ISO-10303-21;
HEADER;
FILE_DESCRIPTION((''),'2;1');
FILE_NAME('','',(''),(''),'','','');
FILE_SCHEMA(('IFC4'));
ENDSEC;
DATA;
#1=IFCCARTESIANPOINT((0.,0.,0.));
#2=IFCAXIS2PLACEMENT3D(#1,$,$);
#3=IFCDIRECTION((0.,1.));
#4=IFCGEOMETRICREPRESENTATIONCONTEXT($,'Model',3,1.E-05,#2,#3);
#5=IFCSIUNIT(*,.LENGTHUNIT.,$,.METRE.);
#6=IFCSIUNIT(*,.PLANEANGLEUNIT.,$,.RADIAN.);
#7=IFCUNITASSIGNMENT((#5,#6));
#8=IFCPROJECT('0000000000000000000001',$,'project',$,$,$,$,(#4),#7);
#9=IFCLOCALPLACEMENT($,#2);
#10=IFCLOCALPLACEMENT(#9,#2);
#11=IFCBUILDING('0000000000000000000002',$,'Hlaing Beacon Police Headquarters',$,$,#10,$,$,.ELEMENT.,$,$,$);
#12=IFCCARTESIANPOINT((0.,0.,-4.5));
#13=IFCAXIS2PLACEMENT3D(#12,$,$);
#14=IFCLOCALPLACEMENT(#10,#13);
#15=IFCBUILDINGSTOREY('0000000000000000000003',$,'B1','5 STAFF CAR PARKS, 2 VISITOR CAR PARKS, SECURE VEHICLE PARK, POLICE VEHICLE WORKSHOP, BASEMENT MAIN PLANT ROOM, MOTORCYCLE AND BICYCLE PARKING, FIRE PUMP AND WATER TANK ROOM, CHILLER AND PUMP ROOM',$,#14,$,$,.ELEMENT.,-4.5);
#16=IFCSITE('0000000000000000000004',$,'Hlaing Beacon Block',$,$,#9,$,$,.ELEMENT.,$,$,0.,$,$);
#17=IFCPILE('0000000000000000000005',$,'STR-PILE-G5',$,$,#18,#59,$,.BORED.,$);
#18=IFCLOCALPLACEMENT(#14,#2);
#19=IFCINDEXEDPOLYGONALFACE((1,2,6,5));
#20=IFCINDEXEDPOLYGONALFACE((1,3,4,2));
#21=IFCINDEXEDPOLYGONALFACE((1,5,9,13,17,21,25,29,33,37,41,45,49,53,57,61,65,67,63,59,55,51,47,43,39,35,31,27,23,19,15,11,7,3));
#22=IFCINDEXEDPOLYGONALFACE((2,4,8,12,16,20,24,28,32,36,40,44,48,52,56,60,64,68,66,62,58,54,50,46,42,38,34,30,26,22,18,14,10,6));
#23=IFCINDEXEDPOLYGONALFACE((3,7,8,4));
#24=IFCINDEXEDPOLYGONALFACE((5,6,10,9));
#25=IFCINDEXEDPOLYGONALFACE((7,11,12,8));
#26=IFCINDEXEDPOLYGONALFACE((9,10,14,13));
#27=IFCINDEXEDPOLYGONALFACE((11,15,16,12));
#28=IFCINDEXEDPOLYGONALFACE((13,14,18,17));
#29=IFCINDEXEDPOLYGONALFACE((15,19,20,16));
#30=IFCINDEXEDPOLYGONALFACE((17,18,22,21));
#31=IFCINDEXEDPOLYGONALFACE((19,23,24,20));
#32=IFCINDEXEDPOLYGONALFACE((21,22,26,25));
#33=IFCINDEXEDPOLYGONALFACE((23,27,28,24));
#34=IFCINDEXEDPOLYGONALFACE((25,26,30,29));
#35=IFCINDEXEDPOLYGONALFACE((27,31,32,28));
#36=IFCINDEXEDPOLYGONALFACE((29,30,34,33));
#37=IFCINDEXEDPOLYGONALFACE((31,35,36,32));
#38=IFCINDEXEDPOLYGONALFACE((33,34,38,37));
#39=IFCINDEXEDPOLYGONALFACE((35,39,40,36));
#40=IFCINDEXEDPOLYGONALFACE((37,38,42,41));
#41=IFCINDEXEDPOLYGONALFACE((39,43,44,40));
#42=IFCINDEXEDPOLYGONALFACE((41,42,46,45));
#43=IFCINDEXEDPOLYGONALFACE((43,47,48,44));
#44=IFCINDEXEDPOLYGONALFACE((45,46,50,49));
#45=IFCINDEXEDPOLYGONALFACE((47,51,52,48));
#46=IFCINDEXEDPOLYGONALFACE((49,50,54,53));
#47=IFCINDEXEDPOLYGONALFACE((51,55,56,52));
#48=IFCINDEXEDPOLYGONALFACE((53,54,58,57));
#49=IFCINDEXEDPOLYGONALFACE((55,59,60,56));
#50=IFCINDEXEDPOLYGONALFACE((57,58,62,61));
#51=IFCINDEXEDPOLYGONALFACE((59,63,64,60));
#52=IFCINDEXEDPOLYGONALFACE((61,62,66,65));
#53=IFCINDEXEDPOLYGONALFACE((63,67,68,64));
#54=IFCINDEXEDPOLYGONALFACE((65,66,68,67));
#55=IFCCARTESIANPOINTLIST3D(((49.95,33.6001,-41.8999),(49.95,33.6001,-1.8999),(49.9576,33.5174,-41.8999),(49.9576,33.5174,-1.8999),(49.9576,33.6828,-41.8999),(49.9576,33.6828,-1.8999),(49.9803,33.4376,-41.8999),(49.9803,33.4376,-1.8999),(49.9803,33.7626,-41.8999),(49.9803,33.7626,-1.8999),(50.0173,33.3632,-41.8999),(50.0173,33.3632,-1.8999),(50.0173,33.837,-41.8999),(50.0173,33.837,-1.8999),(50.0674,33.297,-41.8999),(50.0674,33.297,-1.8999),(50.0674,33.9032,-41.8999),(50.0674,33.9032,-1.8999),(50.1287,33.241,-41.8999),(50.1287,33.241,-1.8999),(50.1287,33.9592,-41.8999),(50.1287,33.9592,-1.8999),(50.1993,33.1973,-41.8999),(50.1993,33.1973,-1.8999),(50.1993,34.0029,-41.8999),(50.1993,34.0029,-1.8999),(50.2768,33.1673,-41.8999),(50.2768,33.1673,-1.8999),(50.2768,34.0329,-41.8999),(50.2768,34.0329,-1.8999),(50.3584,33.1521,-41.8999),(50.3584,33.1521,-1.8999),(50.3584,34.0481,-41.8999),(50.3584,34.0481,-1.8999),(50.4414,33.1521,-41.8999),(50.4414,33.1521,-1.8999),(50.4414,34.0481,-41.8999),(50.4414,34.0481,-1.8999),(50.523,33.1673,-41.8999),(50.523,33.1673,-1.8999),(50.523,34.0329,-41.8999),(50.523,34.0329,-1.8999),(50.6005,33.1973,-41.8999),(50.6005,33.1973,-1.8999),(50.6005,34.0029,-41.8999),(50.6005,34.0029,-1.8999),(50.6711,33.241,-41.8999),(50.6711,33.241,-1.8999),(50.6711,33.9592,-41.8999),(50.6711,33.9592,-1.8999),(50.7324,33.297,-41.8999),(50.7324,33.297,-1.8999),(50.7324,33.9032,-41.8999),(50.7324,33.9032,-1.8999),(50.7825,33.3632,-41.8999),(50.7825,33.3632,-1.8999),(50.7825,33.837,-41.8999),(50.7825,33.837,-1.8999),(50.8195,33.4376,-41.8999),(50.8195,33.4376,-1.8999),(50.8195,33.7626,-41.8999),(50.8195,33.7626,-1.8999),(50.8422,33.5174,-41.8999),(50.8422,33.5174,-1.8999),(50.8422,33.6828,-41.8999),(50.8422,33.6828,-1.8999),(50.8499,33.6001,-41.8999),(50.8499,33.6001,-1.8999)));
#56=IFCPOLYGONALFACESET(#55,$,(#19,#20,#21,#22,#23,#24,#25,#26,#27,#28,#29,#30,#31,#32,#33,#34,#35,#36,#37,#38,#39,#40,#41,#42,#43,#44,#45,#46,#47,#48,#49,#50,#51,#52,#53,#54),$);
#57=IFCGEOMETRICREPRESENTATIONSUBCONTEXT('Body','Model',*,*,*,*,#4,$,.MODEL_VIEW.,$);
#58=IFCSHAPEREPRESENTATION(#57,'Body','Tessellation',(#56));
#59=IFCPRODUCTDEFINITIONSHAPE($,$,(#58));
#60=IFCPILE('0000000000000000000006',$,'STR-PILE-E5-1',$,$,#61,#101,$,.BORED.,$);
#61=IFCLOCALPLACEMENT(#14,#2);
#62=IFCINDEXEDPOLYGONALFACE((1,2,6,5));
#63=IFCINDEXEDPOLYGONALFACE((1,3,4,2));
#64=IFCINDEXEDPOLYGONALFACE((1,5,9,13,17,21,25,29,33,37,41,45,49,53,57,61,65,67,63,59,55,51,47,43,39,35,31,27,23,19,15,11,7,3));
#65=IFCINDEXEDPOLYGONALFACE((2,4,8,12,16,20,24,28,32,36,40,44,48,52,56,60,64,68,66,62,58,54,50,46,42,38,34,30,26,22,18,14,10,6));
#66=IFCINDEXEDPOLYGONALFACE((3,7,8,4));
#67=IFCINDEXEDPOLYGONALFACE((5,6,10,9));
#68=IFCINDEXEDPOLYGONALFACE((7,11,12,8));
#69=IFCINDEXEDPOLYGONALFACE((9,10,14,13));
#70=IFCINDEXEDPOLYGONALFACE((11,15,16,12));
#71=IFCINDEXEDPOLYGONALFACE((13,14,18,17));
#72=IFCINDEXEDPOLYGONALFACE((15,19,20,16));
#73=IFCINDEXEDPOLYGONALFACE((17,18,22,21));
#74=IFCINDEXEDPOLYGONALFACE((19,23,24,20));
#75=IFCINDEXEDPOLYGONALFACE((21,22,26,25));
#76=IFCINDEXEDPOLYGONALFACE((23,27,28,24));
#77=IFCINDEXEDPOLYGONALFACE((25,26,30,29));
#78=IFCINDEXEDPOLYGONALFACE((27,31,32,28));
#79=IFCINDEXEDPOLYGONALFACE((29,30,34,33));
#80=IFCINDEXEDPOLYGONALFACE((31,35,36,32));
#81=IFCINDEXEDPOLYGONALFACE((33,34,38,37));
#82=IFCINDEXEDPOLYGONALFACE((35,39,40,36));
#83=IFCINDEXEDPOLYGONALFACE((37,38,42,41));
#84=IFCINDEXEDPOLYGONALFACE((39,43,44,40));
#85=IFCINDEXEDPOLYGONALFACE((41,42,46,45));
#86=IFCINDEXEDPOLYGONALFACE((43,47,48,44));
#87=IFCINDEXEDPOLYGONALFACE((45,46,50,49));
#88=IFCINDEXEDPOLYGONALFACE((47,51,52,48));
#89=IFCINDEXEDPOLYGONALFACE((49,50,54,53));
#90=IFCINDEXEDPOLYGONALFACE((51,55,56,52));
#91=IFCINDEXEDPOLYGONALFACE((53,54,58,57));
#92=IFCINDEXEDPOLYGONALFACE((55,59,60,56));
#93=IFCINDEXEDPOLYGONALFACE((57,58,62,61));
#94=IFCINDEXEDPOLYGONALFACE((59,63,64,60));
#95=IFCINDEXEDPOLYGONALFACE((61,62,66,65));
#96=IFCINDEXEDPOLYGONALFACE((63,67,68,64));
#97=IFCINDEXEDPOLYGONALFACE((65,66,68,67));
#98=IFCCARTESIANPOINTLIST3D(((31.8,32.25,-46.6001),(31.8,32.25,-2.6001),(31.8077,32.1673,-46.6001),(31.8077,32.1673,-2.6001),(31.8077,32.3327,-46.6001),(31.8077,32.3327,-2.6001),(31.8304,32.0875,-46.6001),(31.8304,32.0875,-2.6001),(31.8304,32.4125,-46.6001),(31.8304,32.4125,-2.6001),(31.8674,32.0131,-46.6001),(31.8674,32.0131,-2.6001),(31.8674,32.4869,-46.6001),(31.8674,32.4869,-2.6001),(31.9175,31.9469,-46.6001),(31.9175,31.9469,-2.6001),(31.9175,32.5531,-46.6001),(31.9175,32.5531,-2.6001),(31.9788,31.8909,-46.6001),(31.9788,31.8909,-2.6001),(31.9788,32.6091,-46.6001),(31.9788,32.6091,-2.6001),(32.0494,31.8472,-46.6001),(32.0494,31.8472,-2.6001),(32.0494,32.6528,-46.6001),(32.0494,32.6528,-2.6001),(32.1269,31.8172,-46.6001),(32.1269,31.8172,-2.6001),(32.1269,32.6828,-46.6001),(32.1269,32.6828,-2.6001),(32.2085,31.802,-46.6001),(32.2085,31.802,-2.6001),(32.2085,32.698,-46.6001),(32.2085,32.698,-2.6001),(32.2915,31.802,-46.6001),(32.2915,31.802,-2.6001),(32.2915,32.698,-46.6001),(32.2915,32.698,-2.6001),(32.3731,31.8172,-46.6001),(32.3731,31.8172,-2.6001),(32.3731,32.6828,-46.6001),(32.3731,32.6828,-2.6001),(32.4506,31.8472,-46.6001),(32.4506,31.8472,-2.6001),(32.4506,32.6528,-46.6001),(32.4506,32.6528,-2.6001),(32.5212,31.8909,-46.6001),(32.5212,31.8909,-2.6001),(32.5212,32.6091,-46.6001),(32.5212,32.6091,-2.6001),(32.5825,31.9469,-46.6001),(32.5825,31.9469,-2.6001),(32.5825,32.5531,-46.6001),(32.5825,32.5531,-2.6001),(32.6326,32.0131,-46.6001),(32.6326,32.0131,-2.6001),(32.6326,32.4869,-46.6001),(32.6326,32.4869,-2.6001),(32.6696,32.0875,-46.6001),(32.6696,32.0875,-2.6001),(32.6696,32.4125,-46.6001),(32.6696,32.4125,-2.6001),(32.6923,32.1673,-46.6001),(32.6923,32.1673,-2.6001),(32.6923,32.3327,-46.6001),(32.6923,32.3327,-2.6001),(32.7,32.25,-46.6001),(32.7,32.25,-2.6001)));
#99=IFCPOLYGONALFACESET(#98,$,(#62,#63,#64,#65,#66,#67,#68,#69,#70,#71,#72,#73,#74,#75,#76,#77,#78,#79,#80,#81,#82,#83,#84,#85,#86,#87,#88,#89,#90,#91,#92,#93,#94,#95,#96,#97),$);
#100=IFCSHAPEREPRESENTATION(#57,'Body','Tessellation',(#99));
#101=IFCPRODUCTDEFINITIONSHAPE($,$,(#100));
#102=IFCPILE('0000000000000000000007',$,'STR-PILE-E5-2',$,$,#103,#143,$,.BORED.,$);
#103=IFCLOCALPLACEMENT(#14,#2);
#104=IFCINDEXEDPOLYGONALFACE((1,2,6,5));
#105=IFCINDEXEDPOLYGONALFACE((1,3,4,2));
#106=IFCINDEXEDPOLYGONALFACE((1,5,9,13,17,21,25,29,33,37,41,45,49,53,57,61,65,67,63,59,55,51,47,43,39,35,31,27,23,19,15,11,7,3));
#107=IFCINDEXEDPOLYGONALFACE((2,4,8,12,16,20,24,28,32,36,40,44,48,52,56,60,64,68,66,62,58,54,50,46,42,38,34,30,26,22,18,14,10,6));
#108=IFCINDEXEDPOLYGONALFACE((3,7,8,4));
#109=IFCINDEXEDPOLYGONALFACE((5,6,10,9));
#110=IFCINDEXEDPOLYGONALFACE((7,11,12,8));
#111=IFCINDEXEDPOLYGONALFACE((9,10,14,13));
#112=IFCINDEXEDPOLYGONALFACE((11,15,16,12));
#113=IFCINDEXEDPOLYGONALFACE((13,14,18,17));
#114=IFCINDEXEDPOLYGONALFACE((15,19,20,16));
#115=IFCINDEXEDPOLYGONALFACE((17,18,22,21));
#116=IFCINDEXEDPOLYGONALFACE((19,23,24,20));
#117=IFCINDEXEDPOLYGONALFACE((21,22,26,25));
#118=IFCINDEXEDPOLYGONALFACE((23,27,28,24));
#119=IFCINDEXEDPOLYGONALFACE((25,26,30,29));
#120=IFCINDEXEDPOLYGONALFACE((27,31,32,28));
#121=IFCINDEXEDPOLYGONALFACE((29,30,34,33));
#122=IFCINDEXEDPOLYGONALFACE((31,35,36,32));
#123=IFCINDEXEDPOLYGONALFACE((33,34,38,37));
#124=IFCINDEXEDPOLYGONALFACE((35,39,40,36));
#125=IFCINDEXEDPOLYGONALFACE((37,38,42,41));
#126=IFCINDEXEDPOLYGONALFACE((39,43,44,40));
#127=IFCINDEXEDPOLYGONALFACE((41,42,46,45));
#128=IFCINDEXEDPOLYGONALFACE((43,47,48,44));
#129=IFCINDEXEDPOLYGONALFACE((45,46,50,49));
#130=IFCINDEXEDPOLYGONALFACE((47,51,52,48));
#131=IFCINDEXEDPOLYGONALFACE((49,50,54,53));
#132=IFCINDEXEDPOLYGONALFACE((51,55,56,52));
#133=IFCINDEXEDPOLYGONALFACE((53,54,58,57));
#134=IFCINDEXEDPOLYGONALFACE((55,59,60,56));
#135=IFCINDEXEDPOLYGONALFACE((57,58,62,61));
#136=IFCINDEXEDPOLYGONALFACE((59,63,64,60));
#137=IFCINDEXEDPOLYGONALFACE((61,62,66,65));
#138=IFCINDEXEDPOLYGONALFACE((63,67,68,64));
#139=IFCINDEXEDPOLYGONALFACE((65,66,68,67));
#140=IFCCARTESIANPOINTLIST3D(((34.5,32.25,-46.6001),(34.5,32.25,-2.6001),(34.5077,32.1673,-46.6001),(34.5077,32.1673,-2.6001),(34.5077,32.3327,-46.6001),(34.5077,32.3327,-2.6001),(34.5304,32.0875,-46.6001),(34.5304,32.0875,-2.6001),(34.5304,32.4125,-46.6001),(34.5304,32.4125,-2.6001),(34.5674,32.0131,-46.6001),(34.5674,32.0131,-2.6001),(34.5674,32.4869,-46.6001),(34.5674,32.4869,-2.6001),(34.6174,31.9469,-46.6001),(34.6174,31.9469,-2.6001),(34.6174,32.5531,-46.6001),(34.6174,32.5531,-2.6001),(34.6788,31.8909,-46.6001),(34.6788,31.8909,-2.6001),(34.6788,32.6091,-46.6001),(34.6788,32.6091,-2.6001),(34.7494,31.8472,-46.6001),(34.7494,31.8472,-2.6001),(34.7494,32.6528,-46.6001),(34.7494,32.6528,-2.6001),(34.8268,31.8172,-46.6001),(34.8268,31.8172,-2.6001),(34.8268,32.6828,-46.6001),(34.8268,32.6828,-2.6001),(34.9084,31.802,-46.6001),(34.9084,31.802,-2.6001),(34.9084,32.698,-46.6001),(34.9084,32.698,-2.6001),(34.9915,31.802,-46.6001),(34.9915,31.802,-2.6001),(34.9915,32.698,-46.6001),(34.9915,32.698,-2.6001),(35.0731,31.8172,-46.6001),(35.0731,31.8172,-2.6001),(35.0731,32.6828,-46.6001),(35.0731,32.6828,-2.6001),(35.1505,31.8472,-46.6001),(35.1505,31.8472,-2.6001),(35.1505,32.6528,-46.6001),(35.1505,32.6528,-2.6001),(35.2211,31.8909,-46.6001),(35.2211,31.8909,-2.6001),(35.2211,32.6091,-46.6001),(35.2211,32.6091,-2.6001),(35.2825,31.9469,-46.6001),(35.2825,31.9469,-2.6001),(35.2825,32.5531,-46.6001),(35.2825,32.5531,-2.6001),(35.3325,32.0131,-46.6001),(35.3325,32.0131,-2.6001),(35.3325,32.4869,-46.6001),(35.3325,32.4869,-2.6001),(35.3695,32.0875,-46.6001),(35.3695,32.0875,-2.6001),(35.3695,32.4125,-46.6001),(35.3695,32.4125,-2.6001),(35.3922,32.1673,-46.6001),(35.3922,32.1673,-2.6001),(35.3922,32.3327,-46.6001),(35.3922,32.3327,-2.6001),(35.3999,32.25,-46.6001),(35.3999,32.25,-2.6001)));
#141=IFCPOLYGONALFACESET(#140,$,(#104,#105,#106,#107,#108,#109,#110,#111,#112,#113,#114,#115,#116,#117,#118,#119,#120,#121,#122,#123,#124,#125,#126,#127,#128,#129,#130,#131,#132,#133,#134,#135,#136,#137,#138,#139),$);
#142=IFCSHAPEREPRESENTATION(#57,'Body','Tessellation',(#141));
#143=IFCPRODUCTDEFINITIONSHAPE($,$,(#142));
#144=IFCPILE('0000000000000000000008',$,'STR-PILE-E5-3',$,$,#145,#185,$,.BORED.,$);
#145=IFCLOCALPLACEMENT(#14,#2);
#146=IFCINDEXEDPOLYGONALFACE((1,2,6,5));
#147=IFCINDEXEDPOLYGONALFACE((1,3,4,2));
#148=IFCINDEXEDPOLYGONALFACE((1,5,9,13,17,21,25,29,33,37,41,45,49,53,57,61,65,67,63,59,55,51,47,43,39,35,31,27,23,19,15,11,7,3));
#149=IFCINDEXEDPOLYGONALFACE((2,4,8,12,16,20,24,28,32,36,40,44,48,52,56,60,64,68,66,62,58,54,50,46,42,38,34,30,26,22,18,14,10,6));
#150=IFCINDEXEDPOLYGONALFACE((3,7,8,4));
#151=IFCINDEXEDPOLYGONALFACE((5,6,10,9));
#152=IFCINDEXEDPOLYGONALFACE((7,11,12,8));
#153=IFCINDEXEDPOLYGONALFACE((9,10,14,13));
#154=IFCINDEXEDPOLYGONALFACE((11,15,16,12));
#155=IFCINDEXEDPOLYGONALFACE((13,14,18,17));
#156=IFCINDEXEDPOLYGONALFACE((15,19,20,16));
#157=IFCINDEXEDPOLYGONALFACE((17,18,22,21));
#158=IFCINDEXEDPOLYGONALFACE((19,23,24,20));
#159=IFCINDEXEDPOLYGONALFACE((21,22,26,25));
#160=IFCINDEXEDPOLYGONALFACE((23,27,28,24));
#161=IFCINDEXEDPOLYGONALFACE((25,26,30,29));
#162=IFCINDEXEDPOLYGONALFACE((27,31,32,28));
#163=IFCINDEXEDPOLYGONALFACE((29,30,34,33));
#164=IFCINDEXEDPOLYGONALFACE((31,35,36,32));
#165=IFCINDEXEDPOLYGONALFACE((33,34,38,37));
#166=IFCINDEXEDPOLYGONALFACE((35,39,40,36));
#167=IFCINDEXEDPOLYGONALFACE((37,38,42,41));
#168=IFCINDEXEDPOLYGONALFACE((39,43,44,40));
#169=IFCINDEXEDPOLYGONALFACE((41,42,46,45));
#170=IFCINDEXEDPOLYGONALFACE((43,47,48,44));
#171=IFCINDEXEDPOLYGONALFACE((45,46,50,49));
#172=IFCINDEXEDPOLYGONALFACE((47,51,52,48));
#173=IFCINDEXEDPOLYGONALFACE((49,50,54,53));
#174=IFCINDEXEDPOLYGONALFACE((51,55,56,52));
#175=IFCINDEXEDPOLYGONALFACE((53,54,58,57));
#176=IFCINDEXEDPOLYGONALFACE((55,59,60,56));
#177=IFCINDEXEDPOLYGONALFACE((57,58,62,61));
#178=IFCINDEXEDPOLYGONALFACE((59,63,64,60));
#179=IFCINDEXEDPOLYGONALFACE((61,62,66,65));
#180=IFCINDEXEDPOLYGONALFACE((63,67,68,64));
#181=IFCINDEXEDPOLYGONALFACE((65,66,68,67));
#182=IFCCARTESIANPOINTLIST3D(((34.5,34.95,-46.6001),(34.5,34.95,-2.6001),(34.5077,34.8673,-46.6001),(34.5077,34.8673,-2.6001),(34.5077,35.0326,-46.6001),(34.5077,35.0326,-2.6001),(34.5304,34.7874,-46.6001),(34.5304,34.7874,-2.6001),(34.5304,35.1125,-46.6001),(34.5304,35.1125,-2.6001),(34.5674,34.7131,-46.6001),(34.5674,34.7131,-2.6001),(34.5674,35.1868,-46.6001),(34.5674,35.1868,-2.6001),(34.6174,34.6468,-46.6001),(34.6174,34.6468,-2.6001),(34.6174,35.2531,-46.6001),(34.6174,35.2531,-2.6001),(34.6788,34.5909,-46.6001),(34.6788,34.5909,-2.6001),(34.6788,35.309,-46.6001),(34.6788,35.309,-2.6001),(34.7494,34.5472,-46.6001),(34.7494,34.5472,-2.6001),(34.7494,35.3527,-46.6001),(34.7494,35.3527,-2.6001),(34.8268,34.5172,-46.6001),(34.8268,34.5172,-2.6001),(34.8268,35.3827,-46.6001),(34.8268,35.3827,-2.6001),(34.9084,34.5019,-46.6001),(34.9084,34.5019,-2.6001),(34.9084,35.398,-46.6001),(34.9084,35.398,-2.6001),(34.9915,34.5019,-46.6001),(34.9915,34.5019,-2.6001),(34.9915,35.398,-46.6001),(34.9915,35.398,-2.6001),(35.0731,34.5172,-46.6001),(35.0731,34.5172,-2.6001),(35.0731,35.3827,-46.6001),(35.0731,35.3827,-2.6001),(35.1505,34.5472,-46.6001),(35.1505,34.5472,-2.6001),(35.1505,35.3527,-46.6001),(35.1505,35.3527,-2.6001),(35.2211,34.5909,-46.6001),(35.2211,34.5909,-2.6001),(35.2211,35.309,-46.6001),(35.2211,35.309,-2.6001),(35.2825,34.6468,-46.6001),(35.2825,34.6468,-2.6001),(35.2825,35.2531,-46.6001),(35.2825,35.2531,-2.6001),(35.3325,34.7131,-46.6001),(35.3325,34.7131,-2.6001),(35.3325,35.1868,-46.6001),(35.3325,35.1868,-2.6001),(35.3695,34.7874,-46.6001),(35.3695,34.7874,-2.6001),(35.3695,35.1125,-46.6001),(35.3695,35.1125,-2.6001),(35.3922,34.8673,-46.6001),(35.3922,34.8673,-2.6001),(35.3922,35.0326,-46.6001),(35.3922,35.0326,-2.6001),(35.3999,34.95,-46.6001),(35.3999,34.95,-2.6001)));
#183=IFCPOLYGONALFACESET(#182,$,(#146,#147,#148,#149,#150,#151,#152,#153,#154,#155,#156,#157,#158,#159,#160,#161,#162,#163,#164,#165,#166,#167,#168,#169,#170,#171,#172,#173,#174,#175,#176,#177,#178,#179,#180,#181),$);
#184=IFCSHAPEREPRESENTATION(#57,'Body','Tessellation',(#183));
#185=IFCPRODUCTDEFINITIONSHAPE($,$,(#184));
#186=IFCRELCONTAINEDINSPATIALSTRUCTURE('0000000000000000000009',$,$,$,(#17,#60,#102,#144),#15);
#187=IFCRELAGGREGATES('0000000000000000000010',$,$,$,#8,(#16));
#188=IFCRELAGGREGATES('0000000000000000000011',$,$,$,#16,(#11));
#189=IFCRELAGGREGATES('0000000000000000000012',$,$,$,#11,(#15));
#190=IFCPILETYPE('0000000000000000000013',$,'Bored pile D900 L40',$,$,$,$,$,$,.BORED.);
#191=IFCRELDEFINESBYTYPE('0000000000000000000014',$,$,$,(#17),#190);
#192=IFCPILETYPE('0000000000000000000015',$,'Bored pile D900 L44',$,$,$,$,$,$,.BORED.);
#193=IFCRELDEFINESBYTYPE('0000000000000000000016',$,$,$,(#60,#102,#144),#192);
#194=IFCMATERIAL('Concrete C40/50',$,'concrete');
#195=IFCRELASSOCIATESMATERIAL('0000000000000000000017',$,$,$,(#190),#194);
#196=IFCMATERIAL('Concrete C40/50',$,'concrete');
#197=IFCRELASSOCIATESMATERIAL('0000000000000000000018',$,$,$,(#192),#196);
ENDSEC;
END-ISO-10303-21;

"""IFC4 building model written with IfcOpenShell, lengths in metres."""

from ifc_helpers import new_model, si_unit, direction, frame, origin, origin_2d, place, context, subcontext, project, spatial, circle, extrude, material, material_profile, profile_set, type_object, element, save


model = new_model("IFC4")

# Units and contexts
model_context = context("Model", 3, precision=1e-05, world=origin(), true_north=direction((0.0, 1.0)))
body_context = subcontext(model_context, "Body", "Model", "MODEL_VIEW")
ifc_project = project(units=[si_unit("LENGTHUNIT", "METRE"), si_unit("PLANEANGLEUNIT", "RADIAN")], contexts=[model_context])

# Site, building, storey
site_placement = place(None, origin())
site = spatial("IfcSite", under=ifc_project, at=site_placement, Name="Hlaing Beacon Block", CompositionType="ELEMENT", RefElevation=0.0)
building_placement = place(site_placement, origin())
building = spatial("IfcBuilding", under=site, at=building_placement, Name="Hlaing Beacon Police Headquarters", CompositionType="ELEMENT")
storey_placement = place(building_placement, frame((0.0, 0.0, -4.5)))
storey = spatial("IfcBuildingStorey", under=building, at=storey_placement, Name="B1", Description="5 STAFF CAR PARKS, 2 VISITOR CAR PARKS, SECURE VEHICLE PARK, POLICE VEHICLE WORKSHOP, BASEMENT MAIN PLANT ROOM, MOTORCYCLE AND BICYCLE PARKING, FIRE PUMP AND WATER TANK ROOM, CHILLER AND PUMP ROOM", CompositionType="ELEMENT", Elevation=-4.5)

# Piles
ifc_material_1 = material(Name="Concrete C40/50", Category="concrete")
ifc_material_profile_1 = material_profile(ifc_material_1, circle(Radius=0.45, at=origin_2d()), Name="D900")
ifc_profile_set_1 = profile_set([ifc_material_profile_1], Name="Concrete C40/50")
pile_type_1 = type_object("IfcPileType", Name="Bored pile D900 L40", PredefinedType="BORED", material=ifc_profile_set_1)
for number, where, z_axis, x_axis, name in (
    (1, (50.3999, 33.6001, -1.8999), (0.0, 0.0, -1.0), (1.0, 0.0, 0.0), "STR-PILE-G5"),
):
    element("IfcPile", number, at=place(storey_placement, frame(where, z_axis=z_axis, x_axis=x_axis)), inside=storey, type_object=pile_type_1, Name=name, PredefinedType="BORED", context=body_context, shape_type="SweptSolid", body=[
        extrude(circle(Radius=0.45, at=origin_2d()), origin(), (0.0, 0.0, 1.0), 40.0),
    ])
ifc_material_2 = material(Name="Concrete C40/50", Category="concrete")
ifc_material_profile_2 = material_profile(ifc_material_2, circle(Radius=0.45, at=origin_2d()), Name="D900")
ifc_profile_set_2 = profile_set([ifc_material_profile_2], Name="Concrete C40/50")
pile_type_2 = type_object("IfcPileType", Name="Bored pile D900 L44", PredefinedType="BORED", material=ifc_profile_set_2)
for number, where, z_axis, x_axis, name in (
    (2, (32.25, 32.25, -2.6001), (0.0, 0.0, -1.0), (1.0, 0.0, 0.0), "STR-PILE-E5-1"),
    (3, (34.95, 32.25, -2.6001), (0.0, 0.0, -1.0), (1.0, 0.0, 0.0), "STR-PILE-E5-2"),
    (4, (34.95, 34.95, -2.6001), (0.0, 0.0, -1.0), (1.0, 0.0, 0.0), "STR-PILE-E5-3"),
):
    element("IfcPile", number, at=place(storey_placement, frame(where, z_axis=z_axis, x_axis=x_axis)), inside=storey, type_object=pile_type_2, Name=name, PredefinedType="BORED", context=body_context, shape_type="SweptSolid", body=[
        extrude(circle(Radius=0.45, at=origin_2d()), origin(), (0.0, 0.0, 1.0), 44.0),
    ])

save(model, "model.ifc")
